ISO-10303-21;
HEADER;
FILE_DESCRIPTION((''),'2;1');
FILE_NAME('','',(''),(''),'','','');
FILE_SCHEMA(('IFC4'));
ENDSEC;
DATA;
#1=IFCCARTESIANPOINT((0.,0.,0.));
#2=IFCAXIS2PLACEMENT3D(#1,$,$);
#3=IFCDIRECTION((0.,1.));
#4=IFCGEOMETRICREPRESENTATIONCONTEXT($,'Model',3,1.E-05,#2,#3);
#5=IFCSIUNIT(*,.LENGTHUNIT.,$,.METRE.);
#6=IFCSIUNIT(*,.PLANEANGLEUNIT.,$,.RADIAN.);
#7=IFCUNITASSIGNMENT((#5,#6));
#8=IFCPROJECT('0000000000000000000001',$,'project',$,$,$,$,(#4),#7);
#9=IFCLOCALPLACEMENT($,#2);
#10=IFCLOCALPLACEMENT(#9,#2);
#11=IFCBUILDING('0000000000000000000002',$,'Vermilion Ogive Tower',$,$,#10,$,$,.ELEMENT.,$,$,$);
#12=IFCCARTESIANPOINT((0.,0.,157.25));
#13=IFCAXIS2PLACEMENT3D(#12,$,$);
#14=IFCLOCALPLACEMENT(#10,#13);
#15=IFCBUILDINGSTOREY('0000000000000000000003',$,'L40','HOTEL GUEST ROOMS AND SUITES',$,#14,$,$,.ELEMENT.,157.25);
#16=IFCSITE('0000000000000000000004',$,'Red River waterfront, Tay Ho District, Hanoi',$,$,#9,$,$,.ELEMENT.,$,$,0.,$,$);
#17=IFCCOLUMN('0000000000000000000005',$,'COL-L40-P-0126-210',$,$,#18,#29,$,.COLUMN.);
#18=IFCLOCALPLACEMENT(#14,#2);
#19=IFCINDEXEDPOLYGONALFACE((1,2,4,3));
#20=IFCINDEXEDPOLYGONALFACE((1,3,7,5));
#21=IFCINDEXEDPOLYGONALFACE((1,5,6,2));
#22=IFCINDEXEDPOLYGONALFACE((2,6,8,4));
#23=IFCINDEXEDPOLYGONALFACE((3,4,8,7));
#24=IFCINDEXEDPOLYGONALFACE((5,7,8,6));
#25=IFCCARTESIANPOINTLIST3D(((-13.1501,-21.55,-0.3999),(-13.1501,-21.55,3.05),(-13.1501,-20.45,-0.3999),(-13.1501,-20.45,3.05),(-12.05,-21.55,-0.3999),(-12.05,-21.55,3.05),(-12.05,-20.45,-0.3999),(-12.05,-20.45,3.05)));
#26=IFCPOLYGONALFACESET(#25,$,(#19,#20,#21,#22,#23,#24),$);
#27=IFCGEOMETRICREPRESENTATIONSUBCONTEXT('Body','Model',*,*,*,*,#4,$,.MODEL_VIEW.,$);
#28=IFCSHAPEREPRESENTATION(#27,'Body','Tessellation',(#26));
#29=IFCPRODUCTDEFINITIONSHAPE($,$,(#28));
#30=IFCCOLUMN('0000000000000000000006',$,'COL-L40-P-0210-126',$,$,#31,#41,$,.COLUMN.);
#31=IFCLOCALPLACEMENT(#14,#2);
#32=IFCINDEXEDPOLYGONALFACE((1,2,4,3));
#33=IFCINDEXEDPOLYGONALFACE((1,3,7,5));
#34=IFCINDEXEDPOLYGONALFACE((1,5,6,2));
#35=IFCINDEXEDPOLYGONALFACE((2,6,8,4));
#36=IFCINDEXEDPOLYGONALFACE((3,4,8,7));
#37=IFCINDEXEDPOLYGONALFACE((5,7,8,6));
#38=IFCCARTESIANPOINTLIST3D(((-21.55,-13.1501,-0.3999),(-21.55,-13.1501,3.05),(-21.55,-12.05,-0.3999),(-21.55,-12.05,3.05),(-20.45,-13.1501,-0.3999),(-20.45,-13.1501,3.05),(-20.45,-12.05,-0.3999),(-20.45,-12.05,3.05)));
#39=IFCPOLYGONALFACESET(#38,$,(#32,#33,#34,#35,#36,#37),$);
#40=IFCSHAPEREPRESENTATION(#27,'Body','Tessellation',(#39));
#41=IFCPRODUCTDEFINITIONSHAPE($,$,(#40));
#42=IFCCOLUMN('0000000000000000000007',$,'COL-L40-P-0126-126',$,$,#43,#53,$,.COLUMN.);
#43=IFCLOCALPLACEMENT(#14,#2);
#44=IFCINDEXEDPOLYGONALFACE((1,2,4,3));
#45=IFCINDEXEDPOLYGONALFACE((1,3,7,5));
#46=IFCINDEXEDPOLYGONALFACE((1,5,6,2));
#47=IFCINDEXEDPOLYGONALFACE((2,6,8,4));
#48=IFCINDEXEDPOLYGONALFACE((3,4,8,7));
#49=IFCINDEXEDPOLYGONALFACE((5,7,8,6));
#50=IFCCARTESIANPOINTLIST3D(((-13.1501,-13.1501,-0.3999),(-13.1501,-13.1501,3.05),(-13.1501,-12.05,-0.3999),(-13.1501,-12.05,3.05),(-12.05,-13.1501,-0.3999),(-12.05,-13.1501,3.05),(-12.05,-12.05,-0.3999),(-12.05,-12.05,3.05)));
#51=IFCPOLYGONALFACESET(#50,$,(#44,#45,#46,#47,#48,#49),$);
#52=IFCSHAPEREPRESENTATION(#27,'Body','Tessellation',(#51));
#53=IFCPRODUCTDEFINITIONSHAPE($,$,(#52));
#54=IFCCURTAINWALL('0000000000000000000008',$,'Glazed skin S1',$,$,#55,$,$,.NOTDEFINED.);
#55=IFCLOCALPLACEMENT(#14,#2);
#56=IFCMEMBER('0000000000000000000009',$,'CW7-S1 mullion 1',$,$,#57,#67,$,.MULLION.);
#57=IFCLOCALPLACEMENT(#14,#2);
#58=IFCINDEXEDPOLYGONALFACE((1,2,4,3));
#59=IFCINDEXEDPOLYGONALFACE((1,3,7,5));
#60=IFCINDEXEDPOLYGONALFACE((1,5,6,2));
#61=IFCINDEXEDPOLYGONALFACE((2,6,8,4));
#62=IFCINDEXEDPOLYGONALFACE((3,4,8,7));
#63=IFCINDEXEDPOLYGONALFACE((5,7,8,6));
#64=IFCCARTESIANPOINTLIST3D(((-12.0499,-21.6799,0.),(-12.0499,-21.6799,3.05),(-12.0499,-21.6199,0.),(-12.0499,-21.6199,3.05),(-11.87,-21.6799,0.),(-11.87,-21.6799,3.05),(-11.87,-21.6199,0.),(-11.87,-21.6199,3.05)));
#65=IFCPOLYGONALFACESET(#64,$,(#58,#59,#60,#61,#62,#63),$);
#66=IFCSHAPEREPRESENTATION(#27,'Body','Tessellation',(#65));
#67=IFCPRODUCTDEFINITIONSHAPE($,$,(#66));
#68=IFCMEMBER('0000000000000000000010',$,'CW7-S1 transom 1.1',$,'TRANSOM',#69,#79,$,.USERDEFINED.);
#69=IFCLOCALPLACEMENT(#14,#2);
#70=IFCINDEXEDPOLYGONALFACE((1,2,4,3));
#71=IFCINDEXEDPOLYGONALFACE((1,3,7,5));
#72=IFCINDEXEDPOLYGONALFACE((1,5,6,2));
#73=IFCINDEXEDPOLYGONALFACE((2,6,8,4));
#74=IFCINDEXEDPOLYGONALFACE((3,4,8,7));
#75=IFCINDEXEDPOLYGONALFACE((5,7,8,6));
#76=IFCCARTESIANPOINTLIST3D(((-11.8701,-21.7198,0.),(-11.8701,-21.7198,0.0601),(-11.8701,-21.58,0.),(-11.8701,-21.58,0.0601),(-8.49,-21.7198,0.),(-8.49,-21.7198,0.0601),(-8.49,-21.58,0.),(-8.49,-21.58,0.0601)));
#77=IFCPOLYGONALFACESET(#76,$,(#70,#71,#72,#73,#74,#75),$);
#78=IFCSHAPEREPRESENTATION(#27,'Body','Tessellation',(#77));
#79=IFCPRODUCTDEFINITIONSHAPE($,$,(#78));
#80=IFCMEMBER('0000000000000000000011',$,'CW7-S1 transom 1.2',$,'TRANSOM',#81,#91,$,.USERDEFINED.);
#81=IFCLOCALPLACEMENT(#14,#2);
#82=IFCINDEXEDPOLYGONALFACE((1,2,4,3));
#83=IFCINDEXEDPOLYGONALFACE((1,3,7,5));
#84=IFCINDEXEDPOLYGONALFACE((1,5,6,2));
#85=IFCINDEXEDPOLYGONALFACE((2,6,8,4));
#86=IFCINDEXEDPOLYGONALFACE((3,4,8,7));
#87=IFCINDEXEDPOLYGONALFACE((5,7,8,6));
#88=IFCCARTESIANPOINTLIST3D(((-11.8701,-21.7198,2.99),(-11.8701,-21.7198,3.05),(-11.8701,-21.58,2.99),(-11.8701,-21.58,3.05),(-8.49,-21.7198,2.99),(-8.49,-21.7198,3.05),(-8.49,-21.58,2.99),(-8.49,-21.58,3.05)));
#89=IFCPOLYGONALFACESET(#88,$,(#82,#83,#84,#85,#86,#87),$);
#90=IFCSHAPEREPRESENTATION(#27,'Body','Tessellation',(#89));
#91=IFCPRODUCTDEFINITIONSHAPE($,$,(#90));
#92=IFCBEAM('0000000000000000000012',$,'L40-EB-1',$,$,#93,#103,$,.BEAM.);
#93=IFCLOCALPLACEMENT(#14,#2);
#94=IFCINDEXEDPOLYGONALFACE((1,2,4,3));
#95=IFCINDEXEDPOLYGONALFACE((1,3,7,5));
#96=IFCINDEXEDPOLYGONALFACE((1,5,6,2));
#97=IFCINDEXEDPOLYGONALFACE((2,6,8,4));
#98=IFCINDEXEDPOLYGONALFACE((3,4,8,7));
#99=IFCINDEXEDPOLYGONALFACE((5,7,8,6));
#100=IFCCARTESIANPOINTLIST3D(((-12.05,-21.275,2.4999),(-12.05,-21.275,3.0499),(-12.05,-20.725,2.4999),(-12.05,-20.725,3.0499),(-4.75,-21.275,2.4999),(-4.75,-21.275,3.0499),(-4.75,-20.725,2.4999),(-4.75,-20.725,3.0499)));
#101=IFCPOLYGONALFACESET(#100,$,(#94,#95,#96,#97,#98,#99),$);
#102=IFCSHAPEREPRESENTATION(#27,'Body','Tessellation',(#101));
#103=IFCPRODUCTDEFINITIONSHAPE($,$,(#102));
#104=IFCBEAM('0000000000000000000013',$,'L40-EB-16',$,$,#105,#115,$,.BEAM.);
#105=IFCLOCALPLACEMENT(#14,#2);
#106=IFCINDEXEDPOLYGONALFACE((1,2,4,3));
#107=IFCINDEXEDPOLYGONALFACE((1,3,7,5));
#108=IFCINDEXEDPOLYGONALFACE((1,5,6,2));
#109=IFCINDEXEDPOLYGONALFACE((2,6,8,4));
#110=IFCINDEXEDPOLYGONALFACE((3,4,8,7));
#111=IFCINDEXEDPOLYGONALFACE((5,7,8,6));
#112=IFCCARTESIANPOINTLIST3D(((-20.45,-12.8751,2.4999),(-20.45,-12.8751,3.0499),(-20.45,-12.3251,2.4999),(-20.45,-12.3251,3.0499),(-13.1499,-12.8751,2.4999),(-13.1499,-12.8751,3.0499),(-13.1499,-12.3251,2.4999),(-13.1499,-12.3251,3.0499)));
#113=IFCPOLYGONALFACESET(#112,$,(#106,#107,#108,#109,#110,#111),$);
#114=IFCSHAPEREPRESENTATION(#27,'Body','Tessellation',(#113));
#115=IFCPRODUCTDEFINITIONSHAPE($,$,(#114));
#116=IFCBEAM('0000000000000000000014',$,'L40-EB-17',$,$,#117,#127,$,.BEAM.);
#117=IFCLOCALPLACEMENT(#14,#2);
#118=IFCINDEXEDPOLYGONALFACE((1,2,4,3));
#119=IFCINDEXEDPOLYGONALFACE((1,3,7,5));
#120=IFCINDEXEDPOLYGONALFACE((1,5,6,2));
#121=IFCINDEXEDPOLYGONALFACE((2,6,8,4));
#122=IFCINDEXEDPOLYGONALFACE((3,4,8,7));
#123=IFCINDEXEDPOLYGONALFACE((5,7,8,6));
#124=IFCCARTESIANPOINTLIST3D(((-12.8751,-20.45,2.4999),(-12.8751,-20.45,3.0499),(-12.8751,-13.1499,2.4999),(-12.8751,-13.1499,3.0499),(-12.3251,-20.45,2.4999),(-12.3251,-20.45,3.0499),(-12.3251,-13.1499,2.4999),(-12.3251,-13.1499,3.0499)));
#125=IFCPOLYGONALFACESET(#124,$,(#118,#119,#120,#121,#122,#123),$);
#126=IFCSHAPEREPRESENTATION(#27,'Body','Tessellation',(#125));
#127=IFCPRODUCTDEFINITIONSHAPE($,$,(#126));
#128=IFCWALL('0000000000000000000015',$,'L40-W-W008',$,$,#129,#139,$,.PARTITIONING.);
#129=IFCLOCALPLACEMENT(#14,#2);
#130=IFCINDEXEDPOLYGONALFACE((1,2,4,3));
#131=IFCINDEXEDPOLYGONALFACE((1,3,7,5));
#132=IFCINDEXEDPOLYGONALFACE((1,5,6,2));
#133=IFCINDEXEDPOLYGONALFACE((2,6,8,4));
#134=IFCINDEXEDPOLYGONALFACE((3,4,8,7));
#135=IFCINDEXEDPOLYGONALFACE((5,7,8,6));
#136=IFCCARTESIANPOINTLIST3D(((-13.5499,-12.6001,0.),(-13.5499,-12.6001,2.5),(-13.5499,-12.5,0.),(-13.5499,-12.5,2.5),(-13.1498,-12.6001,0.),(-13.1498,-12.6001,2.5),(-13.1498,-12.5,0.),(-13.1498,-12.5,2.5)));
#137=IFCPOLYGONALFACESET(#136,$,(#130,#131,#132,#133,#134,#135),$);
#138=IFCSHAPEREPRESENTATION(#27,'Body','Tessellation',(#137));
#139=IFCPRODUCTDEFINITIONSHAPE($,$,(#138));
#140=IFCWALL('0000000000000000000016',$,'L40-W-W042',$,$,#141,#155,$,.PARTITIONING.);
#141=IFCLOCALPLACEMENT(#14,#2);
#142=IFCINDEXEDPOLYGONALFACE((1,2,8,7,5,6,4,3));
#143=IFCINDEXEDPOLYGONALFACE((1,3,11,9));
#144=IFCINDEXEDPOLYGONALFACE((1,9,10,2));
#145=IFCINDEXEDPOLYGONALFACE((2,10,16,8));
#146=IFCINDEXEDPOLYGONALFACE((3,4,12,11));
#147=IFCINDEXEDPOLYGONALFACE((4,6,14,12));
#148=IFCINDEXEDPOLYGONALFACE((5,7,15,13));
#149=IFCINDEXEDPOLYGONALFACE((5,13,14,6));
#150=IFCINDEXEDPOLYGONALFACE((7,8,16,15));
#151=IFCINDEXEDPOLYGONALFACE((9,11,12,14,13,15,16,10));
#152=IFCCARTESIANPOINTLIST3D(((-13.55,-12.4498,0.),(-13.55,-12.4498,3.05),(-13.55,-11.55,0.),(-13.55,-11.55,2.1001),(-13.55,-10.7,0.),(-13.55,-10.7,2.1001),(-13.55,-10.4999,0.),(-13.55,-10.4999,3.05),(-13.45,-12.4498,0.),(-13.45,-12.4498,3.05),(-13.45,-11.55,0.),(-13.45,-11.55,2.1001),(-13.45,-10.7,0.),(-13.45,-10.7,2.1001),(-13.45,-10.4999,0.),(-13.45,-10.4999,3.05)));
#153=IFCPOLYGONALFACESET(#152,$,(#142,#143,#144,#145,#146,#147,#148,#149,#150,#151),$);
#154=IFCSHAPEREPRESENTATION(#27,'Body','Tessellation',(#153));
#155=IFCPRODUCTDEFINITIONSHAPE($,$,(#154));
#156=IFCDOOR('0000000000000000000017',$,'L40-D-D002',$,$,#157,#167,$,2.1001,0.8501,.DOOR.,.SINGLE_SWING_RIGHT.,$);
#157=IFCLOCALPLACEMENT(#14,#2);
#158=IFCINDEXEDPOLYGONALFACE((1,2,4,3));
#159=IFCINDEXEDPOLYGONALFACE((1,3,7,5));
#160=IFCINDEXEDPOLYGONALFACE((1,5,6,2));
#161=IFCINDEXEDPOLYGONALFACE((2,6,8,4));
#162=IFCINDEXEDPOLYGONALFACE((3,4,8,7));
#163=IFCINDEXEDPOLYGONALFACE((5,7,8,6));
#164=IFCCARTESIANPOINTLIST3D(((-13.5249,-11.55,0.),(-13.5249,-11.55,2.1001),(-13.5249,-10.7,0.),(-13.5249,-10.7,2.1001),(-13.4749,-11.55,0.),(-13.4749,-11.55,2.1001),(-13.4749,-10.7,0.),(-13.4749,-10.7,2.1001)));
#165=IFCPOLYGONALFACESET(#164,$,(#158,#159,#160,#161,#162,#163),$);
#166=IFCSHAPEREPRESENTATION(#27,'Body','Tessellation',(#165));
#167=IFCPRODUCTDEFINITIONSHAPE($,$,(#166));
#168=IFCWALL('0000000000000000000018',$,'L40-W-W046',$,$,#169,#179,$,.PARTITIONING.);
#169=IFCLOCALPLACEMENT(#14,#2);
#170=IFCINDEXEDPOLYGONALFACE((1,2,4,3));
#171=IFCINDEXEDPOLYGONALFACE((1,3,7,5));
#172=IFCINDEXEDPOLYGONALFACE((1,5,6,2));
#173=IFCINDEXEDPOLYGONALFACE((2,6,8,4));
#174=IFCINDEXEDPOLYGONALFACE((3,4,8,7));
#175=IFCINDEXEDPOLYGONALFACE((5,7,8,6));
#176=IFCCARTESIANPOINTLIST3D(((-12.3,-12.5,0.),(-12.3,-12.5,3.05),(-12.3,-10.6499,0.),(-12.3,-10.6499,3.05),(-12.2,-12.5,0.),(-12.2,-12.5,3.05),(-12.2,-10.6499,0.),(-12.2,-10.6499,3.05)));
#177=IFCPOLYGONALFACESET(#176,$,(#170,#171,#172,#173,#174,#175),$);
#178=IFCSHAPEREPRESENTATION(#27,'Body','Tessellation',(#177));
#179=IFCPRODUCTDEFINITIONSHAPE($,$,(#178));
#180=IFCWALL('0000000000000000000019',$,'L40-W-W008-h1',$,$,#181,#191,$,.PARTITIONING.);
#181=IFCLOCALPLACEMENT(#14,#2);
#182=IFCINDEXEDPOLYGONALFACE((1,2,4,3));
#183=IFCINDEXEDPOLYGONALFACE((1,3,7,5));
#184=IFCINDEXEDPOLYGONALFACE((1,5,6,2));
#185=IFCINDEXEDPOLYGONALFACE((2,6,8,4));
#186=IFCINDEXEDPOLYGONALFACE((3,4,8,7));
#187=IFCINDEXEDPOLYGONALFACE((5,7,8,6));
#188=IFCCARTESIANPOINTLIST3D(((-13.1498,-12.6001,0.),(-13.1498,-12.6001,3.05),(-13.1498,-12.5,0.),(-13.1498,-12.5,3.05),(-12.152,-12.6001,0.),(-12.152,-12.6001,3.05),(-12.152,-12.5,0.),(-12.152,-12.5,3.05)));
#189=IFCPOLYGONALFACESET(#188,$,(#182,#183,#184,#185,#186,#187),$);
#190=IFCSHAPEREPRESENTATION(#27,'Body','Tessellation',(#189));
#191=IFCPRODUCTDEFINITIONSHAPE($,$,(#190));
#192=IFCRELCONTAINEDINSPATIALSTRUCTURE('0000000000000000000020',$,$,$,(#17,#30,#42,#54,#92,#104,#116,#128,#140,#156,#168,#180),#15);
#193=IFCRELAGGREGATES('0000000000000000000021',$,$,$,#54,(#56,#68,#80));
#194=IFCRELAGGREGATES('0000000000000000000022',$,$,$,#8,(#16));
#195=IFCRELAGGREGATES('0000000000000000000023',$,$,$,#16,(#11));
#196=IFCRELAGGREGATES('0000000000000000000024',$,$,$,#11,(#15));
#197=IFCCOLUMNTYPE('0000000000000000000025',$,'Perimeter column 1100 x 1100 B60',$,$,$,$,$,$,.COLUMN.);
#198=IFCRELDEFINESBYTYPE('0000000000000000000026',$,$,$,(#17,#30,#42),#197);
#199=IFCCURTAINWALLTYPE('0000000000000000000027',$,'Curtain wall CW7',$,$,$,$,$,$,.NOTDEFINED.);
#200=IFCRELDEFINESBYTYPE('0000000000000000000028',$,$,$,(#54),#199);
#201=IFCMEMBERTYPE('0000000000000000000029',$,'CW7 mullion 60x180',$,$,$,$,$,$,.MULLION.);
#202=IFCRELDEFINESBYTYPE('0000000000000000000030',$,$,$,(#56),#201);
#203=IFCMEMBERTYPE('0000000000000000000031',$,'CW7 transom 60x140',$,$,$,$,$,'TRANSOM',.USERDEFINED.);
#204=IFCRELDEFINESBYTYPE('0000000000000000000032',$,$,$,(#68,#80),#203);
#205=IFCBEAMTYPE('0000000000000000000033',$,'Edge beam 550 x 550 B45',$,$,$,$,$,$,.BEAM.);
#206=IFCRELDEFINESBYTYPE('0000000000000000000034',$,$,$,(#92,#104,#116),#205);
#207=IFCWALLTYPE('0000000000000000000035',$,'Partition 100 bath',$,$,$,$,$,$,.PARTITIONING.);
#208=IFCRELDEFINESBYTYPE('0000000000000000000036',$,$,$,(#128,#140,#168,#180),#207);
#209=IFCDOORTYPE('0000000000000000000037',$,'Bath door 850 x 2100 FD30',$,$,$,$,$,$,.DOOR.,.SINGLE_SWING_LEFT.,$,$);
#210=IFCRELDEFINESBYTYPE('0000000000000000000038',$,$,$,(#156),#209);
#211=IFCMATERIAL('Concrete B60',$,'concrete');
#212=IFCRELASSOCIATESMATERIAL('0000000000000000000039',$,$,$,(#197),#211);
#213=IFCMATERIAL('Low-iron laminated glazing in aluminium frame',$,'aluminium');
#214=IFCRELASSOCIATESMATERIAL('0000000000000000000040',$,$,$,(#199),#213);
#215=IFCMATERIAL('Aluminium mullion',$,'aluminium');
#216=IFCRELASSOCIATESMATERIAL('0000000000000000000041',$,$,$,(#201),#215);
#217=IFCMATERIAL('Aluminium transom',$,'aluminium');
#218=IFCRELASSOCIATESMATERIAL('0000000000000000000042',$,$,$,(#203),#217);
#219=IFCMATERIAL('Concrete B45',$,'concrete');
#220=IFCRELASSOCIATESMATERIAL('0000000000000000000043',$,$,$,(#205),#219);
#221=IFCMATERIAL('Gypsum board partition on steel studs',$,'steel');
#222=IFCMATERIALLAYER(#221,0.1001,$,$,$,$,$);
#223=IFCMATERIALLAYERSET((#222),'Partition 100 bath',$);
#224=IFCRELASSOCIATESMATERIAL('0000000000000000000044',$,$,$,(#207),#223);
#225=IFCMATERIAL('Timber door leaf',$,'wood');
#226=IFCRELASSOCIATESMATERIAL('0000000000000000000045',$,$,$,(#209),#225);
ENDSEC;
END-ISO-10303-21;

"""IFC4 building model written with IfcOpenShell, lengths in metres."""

from ifc_helpers import new_model, si_unit, direction, frame, frame_2d, origin, origin_2d, place, context, subcontext, project, spatial, rectangle, extrude, material, layer, layer_set, material_profile, profile_set, type_object, element, fill, aggregate, save


model = new_model("IFC4")

# Units and contexts
model_context = context("Model", 3, precision=1e-05, world=origin(), true_north=direction((0.0, 1.0)))
body_context = subcontext(model_context, "Body", "Model", "MODEL_VIEW")
ifc_project = project(units=[si_unit("LENGTHUNIT", "METRE"), si_unit("PLANEANGLEUNIT", "RADIAN")], contexts=[model_context])

# Site, building, storey
site_placement = place(None, origin())
site = spatial("IfcSite", under=ifc_project, at=site_placement, Name="Red River waterfront, Tay Ho District, Hanoi", CompositionType="ELEMENT", RefElevation=0.0)
building_placement = place(site_placement, origin())
building = spatial("IfcBuilding", under=site, at=building_placement, Name="Vermilion Ogive Tower", CompositionType="ELEMENT")
storey_placement = place(building_placement, frame((0.0, 0.0, 157.25)))
storey = spatial("IfcBuildingStorey", under=building, at=storey_placement, Name="L40", Description="HOTEL GUEST ROOMS AND SUITES", CompositionType="ELEMENT", Elevation=157.25)

# Columns
ifc_material_1 = material(Name="Concrete B60", Category="concrete")
ifc_material_profile_1 = material_profile(ifc_material_1, rectangle(XDim=1.1001, YDim=1.1001, at=origin_2d()), Name="1100 x 1100")
ifc_profile_set_1 = profile_set([ifc_material_profile_1], Name="Concrete B60")
column_type = type_object("IfcColumnType", Name="Perimeter column 1100 x 1100 B60", PredefinedType="COLUMN", material=ifc_profile_set_1)
for number, where, z_axis, x_axis, name in (
    (1, (-12.6001, -21.0, -0.3999), (0.0, 0.0, 1.0), (1.0, 0.0, 0.0), "COL-L40-P-0126-210"),
    (2, (-21.0, -12.6001, -0.3999), (0.0, 0.0, 1.0), (1.0, 0.0, 0.0), "COL-L40-P-0210-126"),
    (3, (-12.6001, -12.6001, -0.3999), (0.0, 0.0, 1.0), (1.0, 0.0, 0.0), "COL-L40-P-0126-126"),
):
    element("IfcColumn", number, at=place(storey_placement, frame(where, z_axis=z_axis, x_axis=x_axis)), inside=storey, type_object=column_type, Name=name, PredefinedType="COLUMN", context=body_context, shape_type="SweptSolid", body=[
        extrude(rectangle(XDim=1.1001, YDim=1.1001, at=origin_2d()), origin(), (0.0, 0.0, 1.0), 3.45),
    ])

# Curtain wall, members
ifc_material_2 = material(Name="Low-iron laminated glazing in aluminium frame", Category="aluminium")
curtain_wall_type = type_object("IfcCurtainWallType", Name="Curtain wall CW7", PredefinedType="NOTDEFINED", material=ifc_material_2)
curtain_wall_placement = place(storey_placement, origin())
curtain_wall = element("IfcCurtainWall", 4, at=curtain_wall_placement, inside=storey, type_object=curtain_wall_type, Name="Glazed skin S1", PredefinedType="NOTDEFINED")
ifc_material_3 = material(Name="Aluminium mullion", Category="aluminium")
ifc_material_profile_2 = material_profile(ifc_material_3, rectangle(XDim=0.0601, YDim=0.1799, at=origin_2d()), Name="AL 60x180")
ifc_profile_set_2 = profile_set([ifc_material_profile_2], Name="Aluminium mullion")
member_type_1 = type_object("IfcMemberType", Name="CW7 mullion 60x180", PredefinedType="MULLION", material=ifc_profile_set_2)
member_1_placement = place(storey_placement, frame((-11.96, -21.6499, 0.0), z_axis=(0.0, 0.0, 1.0), x_axis=(0.0, 1.0, 0.0)))
member_1 = element("IfcMember", 5, at=member_1_placement, type_object=member_type_1, Name="CW7-S1 mullion 1", PredefinedType="MULLION", context=body_context, shape_type="SweptSolid", body=[
    extrude(rectangle(XDim=0.0601, YDim=0.1799, at=origin_2d()), origin(), (0.0, 0.0, 1.0), 3.05),
])
ifc_material_4 = material(Name="Aluminium transom", Category="aluminium")
ifc_material_profile_3 = material_profile(ifc_material_4, rectangle(XDim=0.1399, YDim=0.0601, at=origin_2d()), Name="AL 60x140")
ifc_profile_set_3 = profile_set([ifc_material_profile_3], Name="Aluminium transom")
member_type_2 = type_object("IfcMemberType", Name="CW7 transom 60x140", ElementType="TRANSOM", PredefinedType="USERDEFINED", material=ifc_profile_set_3)
member_2_placement = place(storey_placement, frame((-11.8701, -21.6499, 0.03), z_axis=(1.0, 0.0, 0.0), x_axis=(0.0, 1.0, 0.0)))
member_2 = element("IfcMember", 6, at=member_2_placement, type_object=member_type_2, Name="CW7-S1 transom 1.1", ObjectType="TRANSOM", PredefinedType="USERDEFINED", context=body_context, shape_type="SweptSolid", body=[
    extrude(rectangle(XDim=0.1399, YDim=0.0601, at=origin_2d()), origin(), (0.0, 0.0, 1.0), 3.3801),
])
member_3_placement = place(storey_placement, frame((-11.8701, -21.6499, 3.02), z_axis=(1.0, 0.0, 0.0), x_axis=(0.0, 1.0, 0.0)))
member_3 = element("IfcMember", 7, at=member_3_placement, type_object=member_type_2, Name="CW7-S1 transom 1.2", ObjectType="TRANSOM", PredefinedType="USERDEFINED", context=body_context, shape_type="SweptSolid", body=[
    extrude(rectangle(XDim=0.1399, YDim=0.0601, at=origin_2d()), origin(), (0.0, 0.0, 1.0), 3.3801),
])
aggregate(curtain_wall, [member_1, member_2, member_3])

# Beams
ifc_material_5 = material(Name="Concrete B45", Category="concrete")
ifc_material_profile_4 = material_profile(ifc_material_5, rectangle(XDim=0.55, YDim=0.55, at=origin_2d()), Name="550 x 550")
ifc_profile_set_4 = profile_set([ifc_material_profile_4], Name="Concrete B45")
beam_type = type_object("IfcBeamType", Name="Edge beam 550 x 550 B45", PredefinedType="BEAM", material=ifc_profile_set_4)
for number, where, z_axis, x_axis, name in (
    (8, (-12.05, -21.0, 2.7749), (1.0, 0.0, 0.0), (0.0, 1.0, 0.0), "L40-EB-1"),
    (9, (-20.45, -12.6001, 2.7749), (1.0, 0.0, 0.0), (0.0, 1.0, 0.0), "L40-EB-16"),
    (10, (-12.6001, -13.1499, 2.7749), (0.0, -1.0, 0.0), (1.0, 0.0, 0.0), "L40-EB-17"),
):
    element("IfcBeam", number, at=place(storey_placement, frame(where, z_axis=z_axis, x_axis=x_axis)), inside=storey, type_object=beam_type, Name=name, PredefinedType="BEAM", context=body_context, shape_type="SweptSolid", body=[
        extrude(rectangle(XDim=0.55, YDim=0.55, at=origin_2d()), origin(), (0.0, 0.0, 1.0), 7.3),
    ])

# Wall
ifc_material_6 = material(Name="Gypsum board partition on steel studs", Category="steel")
ifc_layer_1 = layer(ifc_material_6, 0.1001)
ifc_layer_set_1 = layer_set([ifc_layer_1], Name="Partition 100 bath")
wall_type_1 = type_object("IfcWallType", Name="Partition 100 bath", PredefinedType="PARTITIONING", material=ifc_layer_set_1)
wall_1_placement = place(storey_placement, frame((-13.55, -12.55, 0.0), z_axis=(0.0, 0.0, 1.0), x_axis=(1.0, 0.0, 0.0)))
element("IfcWall", 11, at=wall_1_placement, inside=storey, type_object=wall_type_1, Name="L40-W-W008", PredefinedType="PARTITIONING", context=body_context, shape_type="SweptSolid", body=[
    extrude(rectangle(XDim=0.4001, YDim=0.1001, at=frame_2d((0.2002, 0.0))), origin(), (0.0, 0.0, 1.0), 2.5),
])

# Wall, opening, door
wall_2_placement = place(storey_placement, frame((-13.5, -12.45, 0.0), z_axis=(0.0, 0.0, 1.0), x_axis=(0.0, 1.0, 0.0)))
wall_2 = element("IfcWall", 12, at=wall_2_placement, inside=storey, type_object=wall_type_1, Name="L40-W-W042", PredefinedType="PARTITIONING", context=body_context, shape_type="SweptSolid", body=[
    extrude(rectangle(XDim=1.95, YDim=0.1001, at=frame_2d((0.9751, 0.0))), origin(), (0.0, 0.0, 1.0), 3.05),
])
opening_1_placement = place(wall_2_placement, frame((0.8999, 0.0, 0.0)))
opening_1 = element("IfcOpeningElement", 13, at=opening_1_placement, cuts=wall_2, PredefinedType="OPENING", context=body_context, shape_type="SweptSolid", body=[
    extrude(rectangle(XDim=0.8501, YDim=2.1001, at=frame_2d((0.425, 1.05))), frame((0.0, 0.0601, 0.0), z_axis=(0.0, -1.0, 0.0), x_axis=(1.0, 0.0, 0.0)), (0.0, 0.0, 1.0), 0.1201),
])
ifc_material_7 = material(Name="Timber door leaf", Category="wood")
door_type_1 = type_object("IfcDoorType", Name="Bath door 850 x 2100 FD30", OperationType="SINGLE_SWING_LEFT", PredefinedType="DOOR", material=ifc_material_7)
door_1_placement = place(opening_1_placement, origin())
door_1 = element("IfcDoor", 14, at=door_1_placement, inside=storey, type_object=door_type_1, Name="L40-D-D002", OperationType="SINGLE_SWING_RIGHT", OverallHeight=2.1001, OverallWidth=0.8501, PredefinedType="DOOR", context=body_context, shape_type="SweptSolid", body=[
    extrude(rectangle(XDim=0.8501, YDim=2.1001, at=frame_2d((0.425, 1.05))), frame((0.0, 0.0249, 0.0), z_axis=(0.0, -1.0, 0.0), x_axis=(1.0, 0.0, 0.0)), (0.0, 0.0, 1.0), 0.05),
])
fill(opening_1, door_1)

# Walls
wall_3_placement = place(storey_placement, frame((-12.25, -12.5, 0.0), z_axis=(0.0, 0.0, 1.0), x_axis=(0.0, 1.0, 0.0)))
element("IfcWall", 15, at=wall_3_placement, inside=storey, type_object=wall_type_1, Name="L40-W-W046", PredefinedType="PARTITIONING", context=body_context, shape_type="SweptSolid", body=[
    extrude(rectangle(XDim=1.8501, YDim=0.1001, at=frame_2d((0.925, 0.0))), origin(), (0.0, 0.0, 1.0), 3.05),
])
wall_4_placement = place(storey_placement, frame((-13.1499, -12.55, 0.0), z_axis=(0.0, 0.0, 1.0), x_axis=(1.0, 0.0, 0.0)))
element("IfcWall", 16, at=wall_4_placement, inside=storey, type_object=wall_type_1, Name="L40-W-W008-h1", PredefinedType="PARTITIONING", context=body_context, shape_type="SweptSolid", body=[
    extrude(rectangle(XDim=0.9978, YDim=0.1001, at=frame_2d((0.499, 0.0))), origin(), (0.0, 0.0, 1.0), 3.05),
])

save(model, "model.ifc")
